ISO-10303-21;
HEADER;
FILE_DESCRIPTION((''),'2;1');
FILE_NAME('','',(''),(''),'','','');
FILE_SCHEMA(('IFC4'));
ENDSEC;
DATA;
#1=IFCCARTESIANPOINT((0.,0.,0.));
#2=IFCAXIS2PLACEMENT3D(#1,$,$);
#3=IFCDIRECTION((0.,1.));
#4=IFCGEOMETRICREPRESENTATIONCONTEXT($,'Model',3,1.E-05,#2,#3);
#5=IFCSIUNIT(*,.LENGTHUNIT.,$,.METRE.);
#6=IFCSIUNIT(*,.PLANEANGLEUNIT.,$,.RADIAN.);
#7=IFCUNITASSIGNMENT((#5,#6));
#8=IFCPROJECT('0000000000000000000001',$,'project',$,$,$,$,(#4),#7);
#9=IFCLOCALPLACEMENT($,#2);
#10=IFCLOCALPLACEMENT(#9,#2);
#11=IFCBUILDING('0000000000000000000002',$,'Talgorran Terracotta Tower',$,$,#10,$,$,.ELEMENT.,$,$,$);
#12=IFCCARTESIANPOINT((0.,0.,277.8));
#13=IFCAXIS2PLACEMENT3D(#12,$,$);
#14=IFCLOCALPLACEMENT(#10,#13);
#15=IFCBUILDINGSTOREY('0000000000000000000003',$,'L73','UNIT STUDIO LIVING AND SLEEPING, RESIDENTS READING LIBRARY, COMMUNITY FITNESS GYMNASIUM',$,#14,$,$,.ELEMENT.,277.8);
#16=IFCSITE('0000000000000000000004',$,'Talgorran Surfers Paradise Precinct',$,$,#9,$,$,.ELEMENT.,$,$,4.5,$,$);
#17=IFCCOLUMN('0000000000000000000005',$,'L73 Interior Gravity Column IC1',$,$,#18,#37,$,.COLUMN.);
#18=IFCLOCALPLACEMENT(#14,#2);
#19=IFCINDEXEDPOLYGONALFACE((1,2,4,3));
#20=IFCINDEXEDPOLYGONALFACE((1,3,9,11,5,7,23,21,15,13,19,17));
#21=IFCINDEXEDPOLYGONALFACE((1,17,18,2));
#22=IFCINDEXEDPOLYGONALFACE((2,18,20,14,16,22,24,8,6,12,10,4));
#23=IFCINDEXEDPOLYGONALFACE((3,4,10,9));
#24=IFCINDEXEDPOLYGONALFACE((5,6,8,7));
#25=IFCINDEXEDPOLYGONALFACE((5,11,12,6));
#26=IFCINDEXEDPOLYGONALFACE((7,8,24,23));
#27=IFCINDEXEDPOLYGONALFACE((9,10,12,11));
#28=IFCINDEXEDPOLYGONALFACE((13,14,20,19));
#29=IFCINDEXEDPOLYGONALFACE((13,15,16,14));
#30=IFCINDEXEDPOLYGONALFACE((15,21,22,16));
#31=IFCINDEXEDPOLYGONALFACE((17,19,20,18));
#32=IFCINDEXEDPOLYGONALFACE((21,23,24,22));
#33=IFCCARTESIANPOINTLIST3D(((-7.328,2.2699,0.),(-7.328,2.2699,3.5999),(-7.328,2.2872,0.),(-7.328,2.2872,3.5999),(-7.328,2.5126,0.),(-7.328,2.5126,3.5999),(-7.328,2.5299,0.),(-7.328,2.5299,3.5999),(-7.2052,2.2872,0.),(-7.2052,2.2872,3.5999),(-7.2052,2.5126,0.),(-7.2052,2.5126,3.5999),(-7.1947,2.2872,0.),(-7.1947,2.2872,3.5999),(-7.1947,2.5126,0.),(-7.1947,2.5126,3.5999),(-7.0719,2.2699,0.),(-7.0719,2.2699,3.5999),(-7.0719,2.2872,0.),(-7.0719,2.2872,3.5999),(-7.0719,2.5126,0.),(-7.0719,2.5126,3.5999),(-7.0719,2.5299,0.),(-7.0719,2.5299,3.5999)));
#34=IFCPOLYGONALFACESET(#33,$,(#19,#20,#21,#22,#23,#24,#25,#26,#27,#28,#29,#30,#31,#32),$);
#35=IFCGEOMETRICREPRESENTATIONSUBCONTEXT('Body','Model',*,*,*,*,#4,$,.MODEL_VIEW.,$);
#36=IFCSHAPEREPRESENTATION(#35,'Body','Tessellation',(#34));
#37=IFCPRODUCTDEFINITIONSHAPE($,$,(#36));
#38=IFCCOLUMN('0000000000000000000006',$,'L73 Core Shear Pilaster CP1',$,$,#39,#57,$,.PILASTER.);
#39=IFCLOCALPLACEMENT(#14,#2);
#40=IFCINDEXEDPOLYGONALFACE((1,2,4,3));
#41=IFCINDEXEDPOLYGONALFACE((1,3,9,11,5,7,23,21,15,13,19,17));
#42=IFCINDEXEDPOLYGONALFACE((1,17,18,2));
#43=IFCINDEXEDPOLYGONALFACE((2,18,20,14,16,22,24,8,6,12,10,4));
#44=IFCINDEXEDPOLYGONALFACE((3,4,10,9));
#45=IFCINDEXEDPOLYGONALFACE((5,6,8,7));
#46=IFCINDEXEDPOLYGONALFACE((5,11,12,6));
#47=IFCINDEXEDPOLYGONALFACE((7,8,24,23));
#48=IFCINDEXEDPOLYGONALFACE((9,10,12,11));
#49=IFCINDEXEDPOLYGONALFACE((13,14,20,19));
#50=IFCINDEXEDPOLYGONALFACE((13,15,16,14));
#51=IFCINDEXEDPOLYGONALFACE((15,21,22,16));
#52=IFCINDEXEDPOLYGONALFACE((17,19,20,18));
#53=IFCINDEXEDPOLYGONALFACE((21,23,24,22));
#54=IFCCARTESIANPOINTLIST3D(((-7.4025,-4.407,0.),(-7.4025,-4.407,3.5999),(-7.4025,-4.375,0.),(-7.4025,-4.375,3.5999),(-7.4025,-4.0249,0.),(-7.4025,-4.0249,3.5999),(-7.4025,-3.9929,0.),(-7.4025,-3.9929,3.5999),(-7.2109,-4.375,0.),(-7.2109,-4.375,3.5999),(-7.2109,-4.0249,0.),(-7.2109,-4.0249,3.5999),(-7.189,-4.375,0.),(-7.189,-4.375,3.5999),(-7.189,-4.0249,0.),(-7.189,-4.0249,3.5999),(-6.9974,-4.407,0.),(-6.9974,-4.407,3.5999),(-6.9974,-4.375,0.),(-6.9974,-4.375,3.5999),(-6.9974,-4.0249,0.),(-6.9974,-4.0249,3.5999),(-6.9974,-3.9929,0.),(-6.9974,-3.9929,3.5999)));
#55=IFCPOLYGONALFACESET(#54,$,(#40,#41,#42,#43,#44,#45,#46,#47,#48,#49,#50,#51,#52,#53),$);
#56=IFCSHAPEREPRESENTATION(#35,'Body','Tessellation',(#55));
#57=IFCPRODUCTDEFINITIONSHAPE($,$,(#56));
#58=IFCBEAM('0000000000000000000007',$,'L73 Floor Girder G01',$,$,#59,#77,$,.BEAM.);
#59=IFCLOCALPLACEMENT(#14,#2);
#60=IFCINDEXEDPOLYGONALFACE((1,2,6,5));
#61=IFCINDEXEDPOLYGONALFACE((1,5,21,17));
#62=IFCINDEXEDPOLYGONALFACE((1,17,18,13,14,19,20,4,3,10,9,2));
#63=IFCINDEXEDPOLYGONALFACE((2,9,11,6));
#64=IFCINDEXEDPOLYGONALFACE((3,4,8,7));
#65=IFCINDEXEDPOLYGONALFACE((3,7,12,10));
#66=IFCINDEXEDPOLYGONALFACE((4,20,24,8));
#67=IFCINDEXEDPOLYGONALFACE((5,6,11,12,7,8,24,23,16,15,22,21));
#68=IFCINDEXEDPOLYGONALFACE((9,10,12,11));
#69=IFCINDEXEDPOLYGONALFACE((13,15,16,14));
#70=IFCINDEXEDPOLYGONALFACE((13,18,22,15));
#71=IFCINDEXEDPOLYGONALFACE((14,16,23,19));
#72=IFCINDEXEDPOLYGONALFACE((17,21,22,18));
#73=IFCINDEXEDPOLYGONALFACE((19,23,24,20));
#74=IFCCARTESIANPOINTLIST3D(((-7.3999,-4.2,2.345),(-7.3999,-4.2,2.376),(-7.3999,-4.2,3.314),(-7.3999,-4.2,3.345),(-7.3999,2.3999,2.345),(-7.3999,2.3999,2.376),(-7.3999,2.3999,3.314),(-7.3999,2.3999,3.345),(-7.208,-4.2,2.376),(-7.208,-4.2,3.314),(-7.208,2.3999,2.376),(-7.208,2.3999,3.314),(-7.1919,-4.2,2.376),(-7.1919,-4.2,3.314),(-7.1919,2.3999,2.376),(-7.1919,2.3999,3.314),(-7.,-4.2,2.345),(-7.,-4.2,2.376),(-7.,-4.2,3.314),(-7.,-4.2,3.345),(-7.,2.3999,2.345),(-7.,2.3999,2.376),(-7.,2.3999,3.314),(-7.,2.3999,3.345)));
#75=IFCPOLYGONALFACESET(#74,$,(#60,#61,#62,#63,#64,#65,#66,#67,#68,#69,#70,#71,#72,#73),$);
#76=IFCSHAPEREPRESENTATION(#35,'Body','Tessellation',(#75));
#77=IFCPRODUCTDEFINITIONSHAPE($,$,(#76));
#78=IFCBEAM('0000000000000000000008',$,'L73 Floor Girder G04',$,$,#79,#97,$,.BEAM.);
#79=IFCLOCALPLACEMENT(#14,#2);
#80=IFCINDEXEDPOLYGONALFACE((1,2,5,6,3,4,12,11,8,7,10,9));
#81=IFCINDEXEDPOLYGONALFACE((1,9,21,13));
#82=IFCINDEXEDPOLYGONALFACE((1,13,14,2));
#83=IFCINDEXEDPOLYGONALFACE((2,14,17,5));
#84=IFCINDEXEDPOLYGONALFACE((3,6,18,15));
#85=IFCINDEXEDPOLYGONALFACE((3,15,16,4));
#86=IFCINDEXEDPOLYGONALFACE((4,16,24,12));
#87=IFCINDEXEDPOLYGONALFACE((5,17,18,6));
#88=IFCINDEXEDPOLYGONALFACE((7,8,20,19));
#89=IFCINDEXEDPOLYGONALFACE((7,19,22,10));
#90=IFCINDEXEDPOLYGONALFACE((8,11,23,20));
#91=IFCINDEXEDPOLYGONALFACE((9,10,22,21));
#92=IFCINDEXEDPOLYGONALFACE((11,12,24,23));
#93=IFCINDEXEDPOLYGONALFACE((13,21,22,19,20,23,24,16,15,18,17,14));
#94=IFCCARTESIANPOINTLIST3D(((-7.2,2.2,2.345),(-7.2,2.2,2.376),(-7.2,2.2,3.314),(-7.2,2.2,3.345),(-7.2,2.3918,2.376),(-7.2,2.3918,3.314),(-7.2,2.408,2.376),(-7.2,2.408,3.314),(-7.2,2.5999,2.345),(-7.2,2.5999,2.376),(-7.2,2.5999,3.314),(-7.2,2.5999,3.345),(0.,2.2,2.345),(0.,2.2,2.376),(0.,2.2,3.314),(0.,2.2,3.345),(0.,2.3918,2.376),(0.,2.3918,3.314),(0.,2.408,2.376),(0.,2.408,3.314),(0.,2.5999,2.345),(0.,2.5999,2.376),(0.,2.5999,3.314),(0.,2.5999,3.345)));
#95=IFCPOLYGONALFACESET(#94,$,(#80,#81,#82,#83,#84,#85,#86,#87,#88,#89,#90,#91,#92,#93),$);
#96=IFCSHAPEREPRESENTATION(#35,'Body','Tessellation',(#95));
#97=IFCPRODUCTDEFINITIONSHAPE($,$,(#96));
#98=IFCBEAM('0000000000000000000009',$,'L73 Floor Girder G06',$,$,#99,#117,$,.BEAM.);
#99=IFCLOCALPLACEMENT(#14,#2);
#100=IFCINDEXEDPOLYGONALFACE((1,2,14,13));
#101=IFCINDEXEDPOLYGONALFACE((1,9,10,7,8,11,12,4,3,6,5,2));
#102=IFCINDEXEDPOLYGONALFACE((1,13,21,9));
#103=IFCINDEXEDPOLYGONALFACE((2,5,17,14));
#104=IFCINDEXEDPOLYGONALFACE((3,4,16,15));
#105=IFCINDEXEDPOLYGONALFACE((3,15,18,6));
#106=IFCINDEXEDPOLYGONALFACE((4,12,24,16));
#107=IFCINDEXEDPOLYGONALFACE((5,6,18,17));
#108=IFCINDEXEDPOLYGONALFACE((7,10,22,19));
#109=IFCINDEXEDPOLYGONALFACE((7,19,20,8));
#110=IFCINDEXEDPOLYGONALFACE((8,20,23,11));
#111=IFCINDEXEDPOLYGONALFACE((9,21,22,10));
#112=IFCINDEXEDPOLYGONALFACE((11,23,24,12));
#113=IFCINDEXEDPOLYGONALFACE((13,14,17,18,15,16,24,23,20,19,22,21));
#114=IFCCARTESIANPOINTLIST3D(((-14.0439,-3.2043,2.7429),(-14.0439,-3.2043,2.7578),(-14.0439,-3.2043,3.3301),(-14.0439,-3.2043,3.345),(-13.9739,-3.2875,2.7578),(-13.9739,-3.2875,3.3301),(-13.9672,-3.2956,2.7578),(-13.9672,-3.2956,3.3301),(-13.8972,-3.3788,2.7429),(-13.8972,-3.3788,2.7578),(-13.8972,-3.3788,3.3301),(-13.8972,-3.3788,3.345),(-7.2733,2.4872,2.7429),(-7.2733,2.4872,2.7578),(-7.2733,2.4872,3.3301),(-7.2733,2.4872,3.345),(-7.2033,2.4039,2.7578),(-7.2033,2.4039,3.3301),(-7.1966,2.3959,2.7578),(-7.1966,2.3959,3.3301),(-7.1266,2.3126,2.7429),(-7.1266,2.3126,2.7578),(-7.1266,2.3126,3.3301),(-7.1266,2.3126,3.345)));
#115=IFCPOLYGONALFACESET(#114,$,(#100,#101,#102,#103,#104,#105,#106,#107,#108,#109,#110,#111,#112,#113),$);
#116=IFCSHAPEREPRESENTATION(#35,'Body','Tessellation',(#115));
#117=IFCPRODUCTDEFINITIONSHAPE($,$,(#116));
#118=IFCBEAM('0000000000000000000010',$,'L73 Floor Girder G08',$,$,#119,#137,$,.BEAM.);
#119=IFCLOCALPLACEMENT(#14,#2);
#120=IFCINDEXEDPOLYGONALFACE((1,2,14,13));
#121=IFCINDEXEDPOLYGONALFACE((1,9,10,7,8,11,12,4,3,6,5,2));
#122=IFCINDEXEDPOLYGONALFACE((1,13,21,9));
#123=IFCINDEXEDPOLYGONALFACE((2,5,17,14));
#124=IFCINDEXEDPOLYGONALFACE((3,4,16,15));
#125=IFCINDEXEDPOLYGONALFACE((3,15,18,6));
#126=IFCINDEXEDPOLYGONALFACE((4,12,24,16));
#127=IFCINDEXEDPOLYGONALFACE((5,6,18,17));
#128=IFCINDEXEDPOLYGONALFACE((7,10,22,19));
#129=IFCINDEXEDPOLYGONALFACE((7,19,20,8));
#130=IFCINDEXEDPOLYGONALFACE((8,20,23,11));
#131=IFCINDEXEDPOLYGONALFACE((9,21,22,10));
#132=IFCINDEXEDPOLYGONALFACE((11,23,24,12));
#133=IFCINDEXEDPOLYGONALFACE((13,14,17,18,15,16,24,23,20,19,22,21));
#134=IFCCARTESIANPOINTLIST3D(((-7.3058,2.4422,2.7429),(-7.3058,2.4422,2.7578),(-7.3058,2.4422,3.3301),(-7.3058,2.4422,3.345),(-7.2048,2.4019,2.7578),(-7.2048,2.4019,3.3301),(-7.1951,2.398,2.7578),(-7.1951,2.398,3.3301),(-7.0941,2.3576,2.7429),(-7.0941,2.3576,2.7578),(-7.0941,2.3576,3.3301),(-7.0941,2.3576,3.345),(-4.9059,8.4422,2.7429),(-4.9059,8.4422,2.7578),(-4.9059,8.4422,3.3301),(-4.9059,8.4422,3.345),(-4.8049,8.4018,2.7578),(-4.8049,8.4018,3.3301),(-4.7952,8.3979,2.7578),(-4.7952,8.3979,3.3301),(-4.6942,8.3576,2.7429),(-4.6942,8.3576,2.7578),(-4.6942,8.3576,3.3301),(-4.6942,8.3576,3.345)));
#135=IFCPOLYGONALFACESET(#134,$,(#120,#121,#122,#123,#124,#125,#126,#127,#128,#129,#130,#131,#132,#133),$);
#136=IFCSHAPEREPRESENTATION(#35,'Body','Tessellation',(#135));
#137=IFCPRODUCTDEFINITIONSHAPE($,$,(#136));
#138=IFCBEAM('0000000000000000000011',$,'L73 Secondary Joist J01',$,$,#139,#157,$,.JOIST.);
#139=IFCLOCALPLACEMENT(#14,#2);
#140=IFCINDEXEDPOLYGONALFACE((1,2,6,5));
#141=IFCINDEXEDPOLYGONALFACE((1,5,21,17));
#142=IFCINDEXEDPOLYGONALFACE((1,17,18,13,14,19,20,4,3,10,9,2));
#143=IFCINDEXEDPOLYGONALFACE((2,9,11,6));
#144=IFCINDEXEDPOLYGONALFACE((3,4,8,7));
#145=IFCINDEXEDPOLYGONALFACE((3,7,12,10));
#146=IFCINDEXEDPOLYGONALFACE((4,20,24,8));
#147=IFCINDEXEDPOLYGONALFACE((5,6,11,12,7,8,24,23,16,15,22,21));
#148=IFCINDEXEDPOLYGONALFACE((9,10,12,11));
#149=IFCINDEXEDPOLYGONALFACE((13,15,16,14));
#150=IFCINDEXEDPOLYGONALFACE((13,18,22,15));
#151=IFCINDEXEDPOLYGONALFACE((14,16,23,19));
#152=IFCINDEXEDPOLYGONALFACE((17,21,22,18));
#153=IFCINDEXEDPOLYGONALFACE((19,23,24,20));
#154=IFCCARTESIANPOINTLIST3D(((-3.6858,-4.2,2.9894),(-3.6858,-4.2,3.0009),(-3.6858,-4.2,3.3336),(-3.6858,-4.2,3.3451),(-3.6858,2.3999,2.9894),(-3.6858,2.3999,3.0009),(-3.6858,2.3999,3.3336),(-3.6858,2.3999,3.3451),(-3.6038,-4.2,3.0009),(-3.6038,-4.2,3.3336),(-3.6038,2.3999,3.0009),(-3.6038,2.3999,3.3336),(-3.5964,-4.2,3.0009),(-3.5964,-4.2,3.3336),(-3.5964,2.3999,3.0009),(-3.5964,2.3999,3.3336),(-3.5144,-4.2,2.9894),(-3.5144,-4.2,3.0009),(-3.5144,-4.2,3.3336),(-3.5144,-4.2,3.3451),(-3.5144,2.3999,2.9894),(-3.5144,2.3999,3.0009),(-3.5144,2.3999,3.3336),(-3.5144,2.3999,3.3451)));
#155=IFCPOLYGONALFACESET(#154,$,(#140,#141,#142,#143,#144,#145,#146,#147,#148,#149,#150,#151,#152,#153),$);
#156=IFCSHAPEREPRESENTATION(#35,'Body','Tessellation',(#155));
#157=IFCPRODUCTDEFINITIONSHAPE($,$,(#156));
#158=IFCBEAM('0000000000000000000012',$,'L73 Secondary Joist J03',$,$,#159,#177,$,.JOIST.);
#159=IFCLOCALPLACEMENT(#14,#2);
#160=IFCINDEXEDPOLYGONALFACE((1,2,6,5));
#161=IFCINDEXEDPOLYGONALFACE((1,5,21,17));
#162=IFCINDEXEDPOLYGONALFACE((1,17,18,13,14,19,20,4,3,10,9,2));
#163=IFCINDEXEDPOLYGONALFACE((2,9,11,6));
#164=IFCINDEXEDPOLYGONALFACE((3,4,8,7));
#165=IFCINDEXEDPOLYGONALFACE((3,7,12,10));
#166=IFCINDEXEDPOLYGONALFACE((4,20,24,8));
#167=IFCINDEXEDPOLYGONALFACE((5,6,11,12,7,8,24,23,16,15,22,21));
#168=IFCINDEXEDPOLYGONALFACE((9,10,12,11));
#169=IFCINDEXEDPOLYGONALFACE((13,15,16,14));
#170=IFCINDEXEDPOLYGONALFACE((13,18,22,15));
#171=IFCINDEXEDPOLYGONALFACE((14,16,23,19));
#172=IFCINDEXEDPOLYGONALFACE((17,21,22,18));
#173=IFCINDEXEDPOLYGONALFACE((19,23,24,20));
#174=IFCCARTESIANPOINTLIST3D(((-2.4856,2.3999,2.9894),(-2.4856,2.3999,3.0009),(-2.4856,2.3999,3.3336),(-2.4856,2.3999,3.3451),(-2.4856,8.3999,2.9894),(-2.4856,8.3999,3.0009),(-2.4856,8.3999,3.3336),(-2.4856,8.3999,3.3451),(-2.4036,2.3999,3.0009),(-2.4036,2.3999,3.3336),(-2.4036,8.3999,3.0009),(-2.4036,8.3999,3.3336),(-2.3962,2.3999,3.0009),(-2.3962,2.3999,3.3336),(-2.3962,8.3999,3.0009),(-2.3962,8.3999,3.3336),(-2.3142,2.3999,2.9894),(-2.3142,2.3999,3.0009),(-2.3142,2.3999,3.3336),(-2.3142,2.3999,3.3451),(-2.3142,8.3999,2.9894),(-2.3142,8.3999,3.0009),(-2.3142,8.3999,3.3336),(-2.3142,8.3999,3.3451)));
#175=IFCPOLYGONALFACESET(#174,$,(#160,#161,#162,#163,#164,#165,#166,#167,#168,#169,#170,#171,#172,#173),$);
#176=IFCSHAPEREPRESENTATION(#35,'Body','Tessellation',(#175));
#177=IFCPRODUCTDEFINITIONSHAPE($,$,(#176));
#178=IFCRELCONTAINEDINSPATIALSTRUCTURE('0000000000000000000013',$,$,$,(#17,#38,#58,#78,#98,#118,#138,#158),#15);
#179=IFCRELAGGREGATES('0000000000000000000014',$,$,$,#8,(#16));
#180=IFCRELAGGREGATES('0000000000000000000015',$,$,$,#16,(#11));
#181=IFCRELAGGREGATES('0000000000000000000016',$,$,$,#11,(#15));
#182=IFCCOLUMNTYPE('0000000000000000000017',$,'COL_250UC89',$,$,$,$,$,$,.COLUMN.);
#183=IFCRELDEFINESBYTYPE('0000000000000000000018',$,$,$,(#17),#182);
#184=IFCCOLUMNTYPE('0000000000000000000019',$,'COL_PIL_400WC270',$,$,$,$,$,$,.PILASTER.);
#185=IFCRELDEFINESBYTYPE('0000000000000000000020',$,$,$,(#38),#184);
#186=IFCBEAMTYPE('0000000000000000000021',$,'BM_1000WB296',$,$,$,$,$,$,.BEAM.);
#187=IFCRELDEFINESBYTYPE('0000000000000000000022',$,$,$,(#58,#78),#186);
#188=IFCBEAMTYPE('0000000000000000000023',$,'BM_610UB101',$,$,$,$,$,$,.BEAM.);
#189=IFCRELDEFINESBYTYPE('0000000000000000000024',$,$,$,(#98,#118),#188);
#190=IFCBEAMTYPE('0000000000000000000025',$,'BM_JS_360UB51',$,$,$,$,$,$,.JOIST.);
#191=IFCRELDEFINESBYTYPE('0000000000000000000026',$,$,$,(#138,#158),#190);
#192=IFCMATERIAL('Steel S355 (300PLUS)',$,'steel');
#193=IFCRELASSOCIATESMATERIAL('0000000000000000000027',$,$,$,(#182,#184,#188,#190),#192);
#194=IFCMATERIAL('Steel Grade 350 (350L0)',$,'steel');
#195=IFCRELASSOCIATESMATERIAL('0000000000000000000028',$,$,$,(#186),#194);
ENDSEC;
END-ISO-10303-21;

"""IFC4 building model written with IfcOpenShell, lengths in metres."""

from ifc_helpers import new_model, si_unit, direction, frame, origin, origin_2d, place, context, subcontext, project, spatial, i_section, extrude, material, material_profile, profile_set, type_object, element, save


model = new_model("IFC4")

# Units and contexts
model_context = context("Model", 3, precision=1e-05, world=origin(), true_north=direction((0.0, 1.0)))
body_context = subcontext(model_context, "Body", "Model", "MODEL_VIEW")
ifc_project = project(units=[si_unit("LENGTHUNIT", "METRE"), si_unit("PLANEANGLEUNIT", "RADIAN")], contexts=[model_context])

# Site, building, storey
site_placement = place(None, origin())
site = spatial("IfcSite", under=ifc_project, at=site_placement, Name="Talgorran Surfers Paradise Precinct", CompositionType="ELEMENT", RefElevation=4.5)
building_placement = place(site_placement, origin())
building = spatial("IfcBuilding", under=site, at=building_placement, Name="Talgorran Terracotta Tower", CompositionType="ELEMENT")
storey_placement = place(building_placement, frame((0.0, 0.0, 277.8)))
storey = spatial("IfcBuildingStorey", under=building, at=storey_placement, Name="L73", Description="UNIT STUDIO LIVING AND SLEEPING, RESIDENTS READING LIBRARY, COMMUNITY FITNESS GYMNASIUM", CompositionType="ELEMENT", Elevation=277.8)

# Columns
ifc_material_1 = material(Name="Steel S355 (300PLUS)", Category="steel")
ifc_material_profile_1 = material_profile(ifc_material_1, i_section(OverallWidth=0.2561, OverallDepth=0.26, WebThickness=0.0105, FlangeThickness=0.0173, at=origin_2d()), Name="250UC89.5")
ifc_profile_set_1 = profile_set([ifc_material_profile_1], Name="Steel S355 (300PLUS)")
column_type_1 = type_object("IfcColumnType", Name="COL_250UC89", PredefinedType="COLUMN", material=ifc_profile_set_1)
column_1_placement = place(storey_placement, frame((-7.2, 2.3999, 0.0), z_axis=(0.0, 0.0, 1.0), x_axis=(1.0, 0.0, 0.0)))
element("IfcColumn", 1, at=column_1_placement, inside=storey, type_object=column_type_1, Name="L73 Interior Gravity Column IC1", PredefinedType="COLUMN", context=body_context, shape_type="SweptSolid", body=[
    extrude(i_section(OverallWidth=0.2561, OverallDepth=0.26, WebThickness=0.0105, FlangeThickness=0.0173, at=origin_2d()), origin(), (0.0, 0.0, 1.0), 3.5999),
])
ifc_material_profile_2 = material_profile(ifc_material_1, i_section(OverallWidth=0.405, OverallDepth=0.4141, WebThickness=0.022, FlangeThickness=0.032, at=origin_2d()), Name="400WC270")
ifc_profile_set_2 = profile_set([ifc_material_profile_2], Name="Steel S355 (300PLUS)")
column_type_2 = type_object("IfcColumnType", Name="COL_PIL_400WC270", PredefinedType="PILASTER", material=ifc_profile_set_2)
column_2_placement = place(storey_placement, frame((-7.2, -4.2, 0.0), z_axis=(0.0, 0.0, 1.0), x_axis=(1.0, 0.0, 0.0)))
element("IfcColumn", 2, at=column_2_placement, inside=storey, type_object=column_type_2, Name="L73 Core Shear Pilaster CP1", PredefinedType="PILASTER", context=body_context, shape_type="SweptSolid", body=[
    extrude(i_section(OverallWidth=0.405, OverallDepth=0.4141, WebThickness=0.022, FlangeThickness=0.032, at=origin_2d()), origin(), (0.0, 0.0, 1.0), 3.5999),
])

# Beams
ifc_material_2 = material(Name="Steel Grade 350 (350L0)", Category="steel")
ifc_material_profile_3 = material_profile(ifc_material_2, i_section(OverallWidth=0.3999, OverallDepth=1.0, WebThickness=0.0161, FlangeThickness=0.031, at=origin_2d()), Name="1000WB296")
ifc_profile_set_3 = profile_set([ifc_material_profile_3], Name="Steel Grade 350 (350L0)")
beam_type_1 = type_object("IfcBeamType", Name="BM_1000WB296", PredefinedType="BEAM", material=ifc_profile_set_3)
beam_1_placement = place(storey_placement, frame((-7.2, -4.2, 2.845), z_axis=(0.0, 1.0, 0.0), x_axis=(-1.0, 0.0, 0.0)))
element("IfcBeam", 3, at=beam_1_placement, inside=storey, type_object=beam_type_1, Name="L73 Floor Girder G01", PredefinedType="BEAM", context=body_context, shape_type="SweptSolid", body=[
    extrude(i_section(OverallWidth=0.3999, OverallDepth=1.0, WebThickness=0.0161, FlangeThickness=0.031, at=origin_2d()), origin(), (0.0, 0.0, 1.0), 6.5999),
])
beam_2_placement = place(storey_placement, frame((-7.2, 2.3999, 2.845), z_axis=(1.0, 0.0, 0.0), x_axis=(0.0, 1.0, 0.0)))
element("IfcBeam", 4, at=beam_2_placement, inside=storey, type_object=beam_type_1, Name="L73 Floor Girder G04", PredefinedType="BEAM", context=body_context, shape_type="SweptSolid", body=[
    extrude(i_section(OverallWidth=0.3999, OverallDepth=1.0, WebThickness=0.0161, FlangeThickness=0.031, at=origin_2d()), origin(), (0.0, 0.0, 1.0), 7.2),
])
ifc_material_profile_4 = material_profile(ifc_material_1, i_section(OverallWidth=0.228, OverallDepth=0.6021, WebThickness=0.0105, FlangeThickness=0.0149, at=origin_2d()), Name="610UB101")
ifc_profile_set_4 = profile_set([ifc_material_profile_4], Name="Steel S355 (300PLUS)")
beam_type_2 = type_object("IfcBeamType", Name="BM_610UB101", PredefinedType="BEAM", material=ifc_profile_set_4)
beam_3_placement = place(storey_placement, frame((-7.2, 2.3999, 3.0439), z_axis=(-0.765472, -0.643469, 0.0), x_axis=(0.643469, -0.765472, 0.0)))
element("IfcBeam", 5, at=beam_3_placement, inside=storey, type_object=beam_type_2, Name="L73 Floor Girder G06", PredefinedType="BEAM", context=body_context, shape_type="SweptSolid", body=[
    extrude(i_section(OverallWidth=0.228, OverallDepth=0.6021, WebThickness=0.0105, FlangeThickness=0.0149, at=origin_2d()), origin(), (0.0, 0.0, 1.0), 8.845),
])
beam_4_placement = place(storey_placement, frame((-7.2, 2.3999, 3.0439), z_axis=(0.371378, 0.928482, 0.0), x_axis=(-0.928482, 0.371378, 0.0)))
element("IfcBeam", 6, at=beam_4_placement, inside=storey, type_object=beam_type_2, Name="L73 Floor Girder G08", PredefinedType="BEAM", context=body_context, shape_type="SweptSolid", body=[
    extrude(i_section(OverallWidth=0.228, OverallDepth=0.6021, WebThickness=0.0105, FlangeThickness=0.0149, at=origin_2d()), origin(), (0.0, 0.0, 1.0), 6.4622),
])
ifc_material_profile_5 = material_profile(ifc_material_1, i_section(OverallWidth=0.1714, OverallDepth=0.3557, WebThickness=0.0073, FlangeThickness=0.0115, at=origin_2d()), Name="360UB50.7")
ifc_profile_set_5 = profile_set([ifc_material_profile_5], Name="Steel S355 (300PLUS)")
beam_type_3 = type_object("IfcBeamType", Name="BM_JS_360UB51", PredefinedType="JOIST", material=ifc_profile_set_5)
beam_5_placement = place(storey_placement, frame((-3.6001, -4.2, 3.1672), z_axis=(0.0, 1.0, 0.0), x_axis=(-1.0, 0.0, 0.0)))
element("IfcBeam", 7, at=beam_5_placement, inside=storey, type_object=beam_type_3, Name="L73 Secondary Joist J01", PredefinedType="JOIST", context=body_context, shape_type="SweptSolid", body=[
    extrude(i_section(OverallWidth=0.1714, OverallDepth=0.3557, WebThickness=0.0073, FlangeThickness=0.0115, at=origin_2d()), origin(), (0.0, 0.0, 1.0), 6.5999),
])
beam_6_placement = place(storey_placement, frame((-2.3999, 2.3999, 3.1672), z_axis=(0.0, 1.0, 0.0), x_axis=(-1.0, 0.0, 0.0)))
element("IfcBeam", 8, at=beam_6_placement, inside=storey, type_object=beam_type_3, Name="L73 Secondary Joist J03", PredefinedType="JOIST", context=body_context, shape_type="SweptSolid", body=[
    extrude(i_section(OverallWidth=0.1714, OverallDepth=0.3557, WebThickness=0.0073, FlangeThickness=0.0115, at=origin_2d()), origin(), (0.0, 0.0, 1.0), 6.0),
])

save(model, "model.ifc")
